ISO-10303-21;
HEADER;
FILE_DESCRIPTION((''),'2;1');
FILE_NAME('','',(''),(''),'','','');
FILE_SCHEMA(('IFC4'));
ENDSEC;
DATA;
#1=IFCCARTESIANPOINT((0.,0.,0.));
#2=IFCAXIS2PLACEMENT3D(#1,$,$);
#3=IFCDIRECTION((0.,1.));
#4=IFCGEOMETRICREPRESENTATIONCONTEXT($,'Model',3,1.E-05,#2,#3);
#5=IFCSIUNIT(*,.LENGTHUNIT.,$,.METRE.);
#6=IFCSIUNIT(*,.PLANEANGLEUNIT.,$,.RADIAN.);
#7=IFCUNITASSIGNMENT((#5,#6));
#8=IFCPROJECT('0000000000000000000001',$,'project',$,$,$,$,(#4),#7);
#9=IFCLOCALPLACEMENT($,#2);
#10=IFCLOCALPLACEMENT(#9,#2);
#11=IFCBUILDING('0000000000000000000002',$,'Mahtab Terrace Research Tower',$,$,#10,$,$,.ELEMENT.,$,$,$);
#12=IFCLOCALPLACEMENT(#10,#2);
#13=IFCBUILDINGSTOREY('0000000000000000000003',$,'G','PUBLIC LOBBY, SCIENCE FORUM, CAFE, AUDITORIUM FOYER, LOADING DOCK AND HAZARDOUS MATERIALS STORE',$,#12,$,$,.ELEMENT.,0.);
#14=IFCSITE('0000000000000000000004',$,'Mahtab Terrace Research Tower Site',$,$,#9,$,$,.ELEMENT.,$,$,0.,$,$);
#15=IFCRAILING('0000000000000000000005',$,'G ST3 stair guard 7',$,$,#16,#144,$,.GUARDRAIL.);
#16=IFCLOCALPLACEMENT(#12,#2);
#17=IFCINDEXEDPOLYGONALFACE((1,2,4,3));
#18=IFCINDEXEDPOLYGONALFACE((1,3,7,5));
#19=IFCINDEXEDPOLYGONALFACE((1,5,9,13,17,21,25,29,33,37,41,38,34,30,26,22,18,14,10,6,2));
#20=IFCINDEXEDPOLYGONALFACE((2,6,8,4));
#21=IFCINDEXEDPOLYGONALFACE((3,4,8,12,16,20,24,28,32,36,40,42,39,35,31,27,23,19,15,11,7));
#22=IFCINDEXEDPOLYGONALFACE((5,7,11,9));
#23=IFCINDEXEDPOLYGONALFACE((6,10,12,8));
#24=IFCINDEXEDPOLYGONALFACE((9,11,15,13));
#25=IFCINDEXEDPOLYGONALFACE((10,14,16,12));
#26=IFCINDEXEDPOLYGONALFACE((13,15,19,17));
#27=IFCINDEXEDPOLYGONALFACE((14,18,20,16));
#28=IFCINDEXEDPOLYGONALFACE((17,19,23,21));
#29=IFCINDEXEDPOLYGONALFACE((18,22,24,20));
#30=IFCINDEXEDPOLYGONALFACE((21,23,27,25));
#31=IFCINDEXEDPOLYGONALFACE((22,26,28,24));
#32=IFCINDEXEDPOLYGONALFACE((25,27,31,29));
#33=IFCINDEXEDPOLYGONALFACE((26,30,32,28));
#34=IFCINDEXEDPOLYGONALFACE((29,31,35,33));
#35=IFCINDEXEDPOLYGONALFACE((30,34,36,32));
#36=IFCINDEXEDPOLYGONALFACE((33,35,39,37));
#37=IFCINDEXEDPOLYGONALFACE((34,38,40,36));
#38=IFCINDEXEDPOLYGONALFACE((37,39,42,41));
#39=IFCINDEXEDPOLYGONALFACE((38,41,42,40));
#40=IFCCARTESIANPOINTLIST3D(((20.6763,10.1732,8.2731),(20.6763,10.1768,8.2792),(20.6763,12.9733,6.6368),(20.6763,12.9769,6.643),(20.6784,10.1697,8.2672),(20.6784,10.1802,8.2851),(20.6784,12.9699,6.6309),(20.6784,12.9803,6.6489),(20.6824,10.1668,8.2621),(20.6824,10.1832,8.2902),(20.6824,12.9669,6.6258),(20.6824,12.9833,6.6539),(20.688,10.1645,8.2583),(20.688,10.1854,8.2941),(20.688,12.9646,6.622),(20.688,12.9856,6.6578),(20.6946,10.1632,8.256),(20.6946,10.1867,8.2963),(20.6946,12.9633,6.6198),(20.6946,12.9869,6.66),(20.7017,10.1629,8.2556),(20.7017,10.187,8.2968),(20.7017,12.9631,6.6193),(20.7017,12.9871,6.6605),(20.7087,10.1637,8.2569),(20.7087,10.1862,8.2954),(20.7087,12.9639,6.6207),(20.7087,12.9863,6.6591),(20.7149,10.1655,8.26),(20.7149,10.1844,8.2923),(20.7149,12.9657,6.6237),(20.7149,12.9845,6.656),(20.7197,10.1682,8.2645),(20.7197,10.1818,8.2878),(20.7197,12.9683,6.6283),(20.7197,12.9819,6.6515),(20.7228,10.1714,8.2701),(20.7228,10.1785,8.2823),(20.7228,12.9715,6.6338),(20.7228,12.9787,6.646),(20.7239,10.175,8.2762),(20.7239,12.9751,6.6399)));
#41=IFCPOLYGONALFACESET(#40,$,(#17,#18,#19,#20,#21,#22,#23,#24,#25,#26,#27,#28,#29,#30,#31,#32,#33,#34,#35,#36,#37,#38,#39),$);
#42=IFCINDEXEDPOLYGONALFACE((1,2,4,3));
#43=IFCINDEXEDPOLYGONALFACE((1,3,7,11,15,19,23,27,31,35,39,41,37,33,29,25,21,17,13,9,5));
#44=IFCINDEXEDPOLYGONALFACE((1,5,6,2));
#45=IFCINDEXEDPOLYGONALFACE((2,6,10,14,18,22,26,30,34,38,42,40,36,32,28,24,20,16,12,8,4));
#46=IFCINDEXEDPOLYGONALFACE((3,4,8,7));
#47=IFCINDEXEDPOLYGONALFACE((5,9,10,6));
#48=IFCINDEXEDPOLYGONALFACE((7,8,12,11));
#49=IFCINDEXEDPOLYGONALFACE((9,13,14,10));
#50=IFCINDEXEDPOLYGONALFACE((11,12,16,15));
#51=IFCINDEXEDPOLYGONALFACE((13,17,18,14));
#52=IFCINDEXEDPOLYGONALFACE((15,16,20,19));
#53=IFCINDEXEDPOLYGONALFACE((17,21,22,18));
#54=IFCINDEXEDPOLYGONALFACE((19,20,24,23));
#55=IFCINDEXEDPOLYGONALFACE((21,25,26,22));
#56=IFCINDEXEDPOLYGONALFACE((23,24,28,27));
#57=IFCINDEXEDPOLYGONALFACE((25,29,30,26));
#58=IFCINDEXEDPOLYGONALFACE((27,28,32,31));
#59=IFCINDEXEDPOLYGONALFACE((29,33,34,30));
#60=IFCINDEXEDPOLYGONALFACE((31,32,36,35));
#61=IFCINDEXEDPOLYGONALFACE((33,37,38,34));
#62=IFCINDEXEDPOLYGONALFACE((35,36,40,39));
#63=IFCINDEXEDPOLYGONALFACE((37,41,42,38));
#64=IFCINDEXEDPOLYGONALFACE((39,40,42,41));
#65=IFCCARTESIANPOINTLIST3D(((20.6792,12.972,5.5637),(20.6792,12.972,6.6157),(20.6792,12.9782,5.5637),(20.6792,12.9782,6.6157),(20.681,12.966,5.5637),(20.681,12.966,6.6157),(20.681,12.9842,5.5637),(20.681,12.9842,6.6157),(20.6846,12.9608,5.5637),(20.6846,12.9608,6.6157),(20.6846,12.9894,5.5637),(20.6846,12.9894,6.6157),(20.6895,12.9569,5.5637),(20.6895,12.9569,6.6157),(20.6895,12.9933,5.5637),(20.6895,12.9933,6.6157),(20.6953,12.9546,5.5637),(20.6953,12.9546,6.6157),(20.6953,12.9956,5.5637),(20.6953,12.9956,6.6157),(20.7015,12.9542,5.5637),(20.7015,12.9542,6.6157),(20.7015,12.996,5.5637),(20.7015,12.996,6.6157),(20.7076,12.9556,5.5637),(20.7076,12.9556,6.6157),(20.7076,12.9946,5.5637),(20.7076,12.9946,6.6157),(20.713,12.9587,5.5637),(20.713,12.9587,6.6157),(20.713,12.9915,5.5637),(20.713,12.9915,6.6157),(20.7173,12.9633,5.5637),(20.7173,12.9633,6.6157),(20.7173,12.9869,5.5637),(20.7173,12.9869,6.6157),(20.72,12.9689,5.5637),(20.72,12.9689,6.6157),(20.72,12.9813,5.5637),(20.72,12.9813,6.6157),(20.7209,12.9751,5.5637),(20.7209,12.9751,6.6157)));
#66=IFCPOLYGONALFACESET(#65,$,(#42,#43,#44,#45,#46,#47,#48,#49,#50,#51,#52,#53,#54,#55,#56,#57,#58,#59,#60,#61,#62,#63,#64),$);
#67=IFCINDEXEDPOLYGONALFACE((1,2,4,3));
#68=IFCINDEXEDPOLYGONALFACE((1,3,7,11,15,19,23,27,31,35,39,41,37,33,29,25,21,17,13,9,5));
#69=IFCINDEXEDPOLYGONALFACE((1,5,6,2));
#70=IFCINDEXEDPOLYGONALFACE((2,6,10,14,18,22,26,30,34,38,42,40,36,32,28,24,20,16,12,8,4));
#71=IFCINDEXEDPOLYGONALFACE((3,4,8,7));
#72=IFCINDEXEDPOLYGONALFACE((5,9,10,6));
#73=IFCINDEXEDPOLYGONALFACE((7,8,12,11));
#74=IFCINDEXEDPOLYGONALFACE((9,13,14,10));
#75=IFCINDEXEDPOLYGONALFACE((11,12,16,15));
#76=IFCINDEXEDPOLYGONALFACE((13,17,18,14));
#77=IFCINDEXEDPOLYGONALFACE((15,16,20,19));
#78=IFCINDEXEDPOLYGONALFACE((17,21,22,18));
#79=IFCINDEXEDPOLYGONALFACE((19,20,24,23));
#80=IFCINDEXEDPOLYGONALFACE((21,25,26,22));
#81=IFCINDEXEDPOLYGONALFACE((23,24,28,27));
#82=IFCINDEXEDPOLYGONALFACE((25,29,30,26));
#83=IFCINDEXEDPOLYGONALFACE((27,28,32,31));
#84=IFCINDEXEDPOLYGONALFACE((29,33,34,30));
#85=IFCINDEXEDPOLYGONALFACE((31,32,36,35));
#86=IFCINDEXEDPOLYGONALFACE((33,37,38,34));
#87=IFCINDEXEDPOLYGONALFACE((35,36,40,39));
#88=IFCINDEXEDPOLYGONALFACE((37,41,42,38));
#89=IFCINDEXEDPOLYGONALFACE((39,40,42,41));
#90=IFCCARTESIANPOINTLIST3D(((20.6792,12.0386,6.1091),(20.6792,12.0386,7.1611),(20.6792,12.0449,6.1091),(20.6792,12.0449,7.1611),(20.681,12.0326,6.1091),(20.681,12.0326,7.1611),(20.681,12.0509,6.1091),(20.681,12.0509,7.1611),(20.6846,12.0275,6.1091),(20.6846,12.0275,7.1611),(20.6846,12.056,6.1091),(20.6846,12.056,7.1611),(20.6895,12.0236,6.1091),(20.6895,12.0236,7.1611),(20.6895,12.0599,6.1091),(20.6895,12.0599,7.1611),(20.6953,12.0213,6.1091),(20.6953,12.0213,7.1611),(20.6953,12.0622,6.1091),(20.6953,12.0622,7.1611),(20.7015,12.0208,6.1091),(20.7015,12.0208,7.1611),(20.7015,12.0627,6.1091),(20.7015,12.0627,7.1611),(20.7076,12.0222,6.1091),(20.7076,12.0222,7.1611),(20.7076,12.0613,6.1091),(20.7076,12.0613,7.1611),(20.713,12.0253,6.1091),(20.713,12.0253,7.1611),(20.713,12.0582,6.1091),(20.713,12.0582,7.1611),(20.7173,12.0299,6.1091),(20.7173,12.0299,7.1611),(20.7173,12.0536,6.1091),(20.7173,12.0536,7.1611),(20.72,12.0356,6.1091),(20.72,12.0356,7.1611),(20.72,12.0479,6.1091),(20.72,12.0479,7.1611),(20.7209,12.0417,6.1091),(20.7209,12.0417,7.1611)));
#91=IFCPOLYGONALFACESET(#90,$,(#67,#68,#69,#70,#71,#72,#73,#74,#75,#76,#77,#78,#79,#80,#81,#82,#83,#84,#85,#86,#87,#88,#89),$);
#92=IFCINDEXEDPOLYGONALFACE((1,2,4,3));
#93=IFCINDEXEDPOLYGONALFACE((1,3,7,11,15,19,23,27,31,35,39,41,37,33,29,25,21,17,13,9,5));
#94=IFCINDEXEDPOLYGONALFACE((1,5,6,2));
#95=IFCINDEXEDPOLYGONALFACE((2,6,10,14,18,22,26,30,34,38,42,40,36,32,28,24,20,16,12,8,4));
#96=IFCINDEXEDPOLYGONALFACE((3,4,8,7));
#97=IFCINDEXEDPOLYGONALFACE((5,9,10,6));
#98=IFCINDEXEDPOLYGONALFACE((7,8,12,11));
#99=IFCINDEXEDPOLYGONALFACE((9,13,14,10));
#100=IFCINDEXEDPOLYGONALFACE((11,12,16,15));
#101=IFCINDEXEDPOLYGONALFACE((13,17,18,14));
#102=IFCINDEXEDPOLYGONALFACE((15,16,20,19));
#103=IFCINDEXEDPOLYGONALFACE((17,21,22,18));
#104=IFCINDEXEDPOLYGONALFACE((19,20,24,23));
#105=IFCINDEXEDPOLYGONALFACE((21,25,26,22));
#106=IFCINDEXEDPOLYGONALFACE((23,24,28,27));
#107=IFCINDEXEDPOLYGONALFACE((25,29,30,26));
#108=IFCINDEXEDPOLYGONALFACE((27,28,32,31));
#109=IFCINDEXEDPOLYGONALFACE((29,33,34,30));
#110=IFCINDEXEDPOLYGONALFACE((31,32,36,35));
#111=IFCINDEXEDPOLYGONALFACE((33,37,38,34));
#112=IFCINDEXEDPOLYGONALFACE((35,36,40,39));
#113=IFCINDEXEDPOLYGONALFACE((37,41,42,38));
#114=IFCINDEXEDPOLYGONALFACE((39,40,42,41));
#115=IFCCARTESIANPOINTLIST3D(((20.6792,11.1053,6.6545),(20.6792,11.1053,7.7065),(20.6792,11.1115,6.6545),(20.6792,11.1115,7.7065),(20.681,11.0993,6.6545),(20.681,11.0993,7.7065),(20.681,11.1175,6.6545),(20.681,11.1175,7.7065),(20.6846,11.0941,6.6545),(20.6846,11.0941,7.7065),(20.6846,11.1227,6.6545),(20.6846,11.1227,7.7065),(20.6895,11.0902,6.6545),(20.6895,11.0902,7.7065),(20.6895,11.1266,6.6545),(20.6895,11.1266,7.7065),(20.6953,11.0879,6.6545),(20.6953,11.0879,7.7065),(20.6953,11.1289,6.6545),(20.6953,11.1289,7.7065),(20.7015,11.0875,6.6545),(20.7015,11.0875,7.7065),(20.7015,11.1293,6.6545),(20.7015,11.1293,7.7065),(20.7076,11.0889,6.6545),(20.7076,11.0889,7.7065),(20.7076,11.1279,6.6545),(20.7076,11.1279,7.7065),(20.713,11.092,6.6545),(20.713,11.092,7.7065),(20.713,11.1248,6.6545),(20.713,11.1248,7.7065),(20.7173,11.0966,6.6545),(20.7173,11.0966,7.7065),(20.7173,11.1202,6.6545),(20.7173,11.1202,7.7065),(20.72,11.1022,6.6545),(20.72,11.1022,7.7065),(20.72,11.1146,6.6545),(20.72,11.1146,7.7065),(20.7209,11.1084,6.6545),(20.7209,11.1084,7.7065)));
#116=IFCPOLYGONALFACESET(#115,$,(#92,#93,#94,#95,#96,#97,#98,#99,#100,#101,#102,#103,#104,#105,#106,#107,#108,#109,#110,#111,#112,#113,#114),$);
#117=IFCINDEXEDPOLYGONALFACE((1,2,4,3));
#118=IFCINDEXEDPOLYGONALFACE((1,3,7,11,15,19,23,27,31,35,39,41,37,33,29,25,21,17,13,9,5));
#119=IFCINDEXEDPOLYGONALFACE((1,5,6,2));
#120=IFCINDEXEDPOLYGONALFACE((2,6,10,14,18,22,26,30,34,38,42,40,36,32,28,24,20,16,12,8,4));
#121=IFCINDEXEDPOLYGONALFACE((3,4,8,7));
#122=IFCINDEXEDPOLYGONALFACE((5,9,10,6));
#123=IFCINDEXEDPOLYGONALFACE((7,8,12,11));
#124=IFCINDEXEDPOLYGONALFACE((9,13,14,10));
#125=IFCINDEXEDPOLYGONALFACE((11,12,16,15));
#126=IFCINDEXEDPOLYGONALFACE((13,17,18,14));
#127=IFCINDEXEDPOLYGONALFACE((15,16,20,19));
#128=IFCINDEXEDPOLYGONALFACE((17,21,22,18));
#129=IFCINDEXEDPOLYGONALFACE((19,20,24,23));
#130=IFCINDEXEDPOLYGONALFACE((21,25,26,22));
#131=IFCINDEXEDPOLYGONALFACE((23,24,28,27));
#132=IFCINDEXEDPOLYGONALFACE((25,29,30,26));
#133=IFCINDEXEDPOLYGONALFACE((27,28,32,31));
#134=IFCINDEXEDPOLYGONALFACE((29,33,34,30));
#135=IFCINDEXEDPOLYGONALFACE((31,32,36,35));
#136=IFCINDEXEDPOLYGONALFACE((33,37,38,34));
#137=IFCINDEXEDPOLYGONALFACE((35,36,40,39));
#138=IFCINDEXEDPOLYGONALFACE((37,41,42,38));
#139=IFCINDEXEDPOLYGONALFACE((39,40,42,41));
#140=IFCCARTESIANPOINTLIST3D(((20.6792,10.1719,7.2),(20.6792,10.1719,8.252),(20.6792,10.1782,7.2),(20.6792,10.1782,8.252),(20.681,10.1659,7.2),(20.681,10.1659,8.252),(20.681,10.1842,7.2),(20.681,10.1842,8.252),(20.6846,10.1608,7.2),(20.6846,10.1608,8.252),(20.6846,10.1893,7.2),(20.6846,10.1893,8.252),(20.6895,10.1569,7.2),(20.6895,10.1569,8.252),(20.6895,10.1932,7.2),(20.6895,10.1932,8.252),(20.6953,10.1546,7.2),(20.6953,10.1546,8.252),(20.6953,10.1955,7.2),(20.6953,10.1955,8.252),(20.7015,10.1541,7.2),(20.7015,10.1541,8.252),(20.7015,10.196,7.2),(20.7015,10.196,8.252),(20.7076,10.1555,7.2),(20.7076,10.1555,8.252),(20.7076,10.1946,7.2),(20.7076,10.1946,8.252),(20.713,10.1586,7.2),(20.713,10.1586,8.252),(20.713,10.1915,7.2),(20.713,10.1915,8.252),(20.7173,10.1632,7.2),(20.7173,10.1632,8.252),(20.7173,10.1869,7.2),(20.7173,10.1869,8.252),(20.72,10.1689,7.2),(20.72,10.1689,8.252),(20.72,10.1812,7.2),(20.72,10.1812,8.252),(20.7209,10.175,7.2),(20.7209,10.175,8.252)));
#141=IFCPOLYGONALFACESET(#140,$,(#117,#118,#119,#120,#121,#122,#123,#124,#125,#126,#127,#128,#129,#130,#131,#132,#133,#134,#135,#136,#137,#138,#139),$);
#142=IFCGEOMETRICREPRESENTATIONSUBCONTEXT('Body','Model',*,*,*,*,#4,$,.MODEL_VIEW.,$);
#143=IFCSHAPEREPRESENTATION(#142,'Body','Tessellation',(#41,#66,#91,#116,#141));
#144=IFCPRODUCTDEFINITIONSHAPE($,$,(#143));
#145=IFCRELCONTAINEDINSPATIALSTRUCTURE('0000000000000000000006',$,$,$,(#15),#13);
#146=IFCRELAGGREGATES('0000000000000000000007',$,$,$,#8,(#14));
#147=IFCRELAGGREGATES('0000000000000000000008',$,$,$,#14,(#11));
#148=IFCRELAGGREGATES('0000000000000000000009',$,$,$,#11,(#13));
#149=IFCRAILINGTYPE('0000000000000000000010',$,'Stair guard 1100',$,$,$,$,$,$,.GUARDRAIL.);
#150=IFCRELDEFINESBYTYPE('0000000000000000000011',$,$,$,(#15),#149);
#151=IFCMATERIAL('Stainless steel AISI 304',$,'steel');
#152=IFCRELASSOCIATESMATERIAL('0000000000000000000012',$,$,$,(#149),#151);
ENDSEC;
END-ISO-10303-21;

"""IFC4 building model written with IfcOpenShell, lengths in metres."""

from ifc_helpers import new_model, si_unit, direction, frame, origin, origin_2d, place, context, subcontext, project, spatial, circle, extrude, material, type_object, element, save


model = new_model("IFC4")

# Units and contexts
model_context = context("Model", 3, precision=1e-05, world=origin(), true_north=direction((0.0, 1.0)))
body_context = subcontext(model_context, "Body", "Model", "MODEL_VIEW")
ifc_project = project(units=[si_unit("LENGTHUNIT", "METRE"), si_unit("PLANEANGLEUNIT", "RADIAN")], contexts=[model_context])

# Site, building, storey
site_placement = place(None, origin())
site = spatial("IfcSite", under=ifc_project, at=site_placement, Name="Mahtab Terrace Research Tower Site", CompositionType="ELEMENT", RefElevation=0.0)
building_placement = place(site_placement, origin())
building = spatial("IfcBuilding", under=site, at=building_placement, Name="Mahtab Terrace Research Tower", CompositionType="ELEMENT")
storey_placement = place(building_placement, origin())
storey = spatial("IfcBuildingStorey", under=building, at=storey_placement, Name="G", Description="PUBLIC LOBBY, SCIENCE FORUM, CAFE, AUDITORIUM FOYER, LOADING DOCK AND HAZARDOUS MATERIALS STORE", CompositionType="ELEMENT", Elevation=0.0)

# Railing
ifc_material_1 = material(Name="Stainless steel AISI 304", Category="steel")
railing_type = type_object("IfcRailingType", Name="Stair guard 1100", PredefinedType="GUARDRAIL", material=ifc_material_1)
railing_1_placement = place(storey_placement, frame((20.7, 12.9751, 5.5637)))
element("IfcRailing", 1, at=railing_1_placement, inside=storey, type_object=railing_type, Name="G ST3 stair guard 7", PredefinedType="GUARDRAIL", context=body_context, shape_type="SweptSolid", body=[
    extrude(circle(Radius=0.0239, at=origin_2d()), frame((0.0, 0.0, 1.0762), z_axis=(0.0, -0.863394, 0.504531), x_axis=(1.0, 0.0, 0.0)), (0.0, 0.0, 1.0), 3.2432),
    extrude(circle(Radius=0.021, at=origin_2d()), origin(), (0.0, 0.0, 1.0), 1.052),
    extrude(circle(Radius=0.021, at=origin_2d()), frame((0.0, -0.9333, 0.5454)), (0.0, 0.0, 1.0), 1.052),
    extrude(circle(Radius=0.021, at=origin_2d()), frame((0.0, -1.8667, 1.0908)), (0.0, 0.0, 1.0), 1.052),
    extrude(circle(Radius=0.021, at=origin_2d()), frame((0.0, -2.8, 1.6362)), (0.0, 0.0, 1.0), 1.052),
])

save(model, "model.ifc")
